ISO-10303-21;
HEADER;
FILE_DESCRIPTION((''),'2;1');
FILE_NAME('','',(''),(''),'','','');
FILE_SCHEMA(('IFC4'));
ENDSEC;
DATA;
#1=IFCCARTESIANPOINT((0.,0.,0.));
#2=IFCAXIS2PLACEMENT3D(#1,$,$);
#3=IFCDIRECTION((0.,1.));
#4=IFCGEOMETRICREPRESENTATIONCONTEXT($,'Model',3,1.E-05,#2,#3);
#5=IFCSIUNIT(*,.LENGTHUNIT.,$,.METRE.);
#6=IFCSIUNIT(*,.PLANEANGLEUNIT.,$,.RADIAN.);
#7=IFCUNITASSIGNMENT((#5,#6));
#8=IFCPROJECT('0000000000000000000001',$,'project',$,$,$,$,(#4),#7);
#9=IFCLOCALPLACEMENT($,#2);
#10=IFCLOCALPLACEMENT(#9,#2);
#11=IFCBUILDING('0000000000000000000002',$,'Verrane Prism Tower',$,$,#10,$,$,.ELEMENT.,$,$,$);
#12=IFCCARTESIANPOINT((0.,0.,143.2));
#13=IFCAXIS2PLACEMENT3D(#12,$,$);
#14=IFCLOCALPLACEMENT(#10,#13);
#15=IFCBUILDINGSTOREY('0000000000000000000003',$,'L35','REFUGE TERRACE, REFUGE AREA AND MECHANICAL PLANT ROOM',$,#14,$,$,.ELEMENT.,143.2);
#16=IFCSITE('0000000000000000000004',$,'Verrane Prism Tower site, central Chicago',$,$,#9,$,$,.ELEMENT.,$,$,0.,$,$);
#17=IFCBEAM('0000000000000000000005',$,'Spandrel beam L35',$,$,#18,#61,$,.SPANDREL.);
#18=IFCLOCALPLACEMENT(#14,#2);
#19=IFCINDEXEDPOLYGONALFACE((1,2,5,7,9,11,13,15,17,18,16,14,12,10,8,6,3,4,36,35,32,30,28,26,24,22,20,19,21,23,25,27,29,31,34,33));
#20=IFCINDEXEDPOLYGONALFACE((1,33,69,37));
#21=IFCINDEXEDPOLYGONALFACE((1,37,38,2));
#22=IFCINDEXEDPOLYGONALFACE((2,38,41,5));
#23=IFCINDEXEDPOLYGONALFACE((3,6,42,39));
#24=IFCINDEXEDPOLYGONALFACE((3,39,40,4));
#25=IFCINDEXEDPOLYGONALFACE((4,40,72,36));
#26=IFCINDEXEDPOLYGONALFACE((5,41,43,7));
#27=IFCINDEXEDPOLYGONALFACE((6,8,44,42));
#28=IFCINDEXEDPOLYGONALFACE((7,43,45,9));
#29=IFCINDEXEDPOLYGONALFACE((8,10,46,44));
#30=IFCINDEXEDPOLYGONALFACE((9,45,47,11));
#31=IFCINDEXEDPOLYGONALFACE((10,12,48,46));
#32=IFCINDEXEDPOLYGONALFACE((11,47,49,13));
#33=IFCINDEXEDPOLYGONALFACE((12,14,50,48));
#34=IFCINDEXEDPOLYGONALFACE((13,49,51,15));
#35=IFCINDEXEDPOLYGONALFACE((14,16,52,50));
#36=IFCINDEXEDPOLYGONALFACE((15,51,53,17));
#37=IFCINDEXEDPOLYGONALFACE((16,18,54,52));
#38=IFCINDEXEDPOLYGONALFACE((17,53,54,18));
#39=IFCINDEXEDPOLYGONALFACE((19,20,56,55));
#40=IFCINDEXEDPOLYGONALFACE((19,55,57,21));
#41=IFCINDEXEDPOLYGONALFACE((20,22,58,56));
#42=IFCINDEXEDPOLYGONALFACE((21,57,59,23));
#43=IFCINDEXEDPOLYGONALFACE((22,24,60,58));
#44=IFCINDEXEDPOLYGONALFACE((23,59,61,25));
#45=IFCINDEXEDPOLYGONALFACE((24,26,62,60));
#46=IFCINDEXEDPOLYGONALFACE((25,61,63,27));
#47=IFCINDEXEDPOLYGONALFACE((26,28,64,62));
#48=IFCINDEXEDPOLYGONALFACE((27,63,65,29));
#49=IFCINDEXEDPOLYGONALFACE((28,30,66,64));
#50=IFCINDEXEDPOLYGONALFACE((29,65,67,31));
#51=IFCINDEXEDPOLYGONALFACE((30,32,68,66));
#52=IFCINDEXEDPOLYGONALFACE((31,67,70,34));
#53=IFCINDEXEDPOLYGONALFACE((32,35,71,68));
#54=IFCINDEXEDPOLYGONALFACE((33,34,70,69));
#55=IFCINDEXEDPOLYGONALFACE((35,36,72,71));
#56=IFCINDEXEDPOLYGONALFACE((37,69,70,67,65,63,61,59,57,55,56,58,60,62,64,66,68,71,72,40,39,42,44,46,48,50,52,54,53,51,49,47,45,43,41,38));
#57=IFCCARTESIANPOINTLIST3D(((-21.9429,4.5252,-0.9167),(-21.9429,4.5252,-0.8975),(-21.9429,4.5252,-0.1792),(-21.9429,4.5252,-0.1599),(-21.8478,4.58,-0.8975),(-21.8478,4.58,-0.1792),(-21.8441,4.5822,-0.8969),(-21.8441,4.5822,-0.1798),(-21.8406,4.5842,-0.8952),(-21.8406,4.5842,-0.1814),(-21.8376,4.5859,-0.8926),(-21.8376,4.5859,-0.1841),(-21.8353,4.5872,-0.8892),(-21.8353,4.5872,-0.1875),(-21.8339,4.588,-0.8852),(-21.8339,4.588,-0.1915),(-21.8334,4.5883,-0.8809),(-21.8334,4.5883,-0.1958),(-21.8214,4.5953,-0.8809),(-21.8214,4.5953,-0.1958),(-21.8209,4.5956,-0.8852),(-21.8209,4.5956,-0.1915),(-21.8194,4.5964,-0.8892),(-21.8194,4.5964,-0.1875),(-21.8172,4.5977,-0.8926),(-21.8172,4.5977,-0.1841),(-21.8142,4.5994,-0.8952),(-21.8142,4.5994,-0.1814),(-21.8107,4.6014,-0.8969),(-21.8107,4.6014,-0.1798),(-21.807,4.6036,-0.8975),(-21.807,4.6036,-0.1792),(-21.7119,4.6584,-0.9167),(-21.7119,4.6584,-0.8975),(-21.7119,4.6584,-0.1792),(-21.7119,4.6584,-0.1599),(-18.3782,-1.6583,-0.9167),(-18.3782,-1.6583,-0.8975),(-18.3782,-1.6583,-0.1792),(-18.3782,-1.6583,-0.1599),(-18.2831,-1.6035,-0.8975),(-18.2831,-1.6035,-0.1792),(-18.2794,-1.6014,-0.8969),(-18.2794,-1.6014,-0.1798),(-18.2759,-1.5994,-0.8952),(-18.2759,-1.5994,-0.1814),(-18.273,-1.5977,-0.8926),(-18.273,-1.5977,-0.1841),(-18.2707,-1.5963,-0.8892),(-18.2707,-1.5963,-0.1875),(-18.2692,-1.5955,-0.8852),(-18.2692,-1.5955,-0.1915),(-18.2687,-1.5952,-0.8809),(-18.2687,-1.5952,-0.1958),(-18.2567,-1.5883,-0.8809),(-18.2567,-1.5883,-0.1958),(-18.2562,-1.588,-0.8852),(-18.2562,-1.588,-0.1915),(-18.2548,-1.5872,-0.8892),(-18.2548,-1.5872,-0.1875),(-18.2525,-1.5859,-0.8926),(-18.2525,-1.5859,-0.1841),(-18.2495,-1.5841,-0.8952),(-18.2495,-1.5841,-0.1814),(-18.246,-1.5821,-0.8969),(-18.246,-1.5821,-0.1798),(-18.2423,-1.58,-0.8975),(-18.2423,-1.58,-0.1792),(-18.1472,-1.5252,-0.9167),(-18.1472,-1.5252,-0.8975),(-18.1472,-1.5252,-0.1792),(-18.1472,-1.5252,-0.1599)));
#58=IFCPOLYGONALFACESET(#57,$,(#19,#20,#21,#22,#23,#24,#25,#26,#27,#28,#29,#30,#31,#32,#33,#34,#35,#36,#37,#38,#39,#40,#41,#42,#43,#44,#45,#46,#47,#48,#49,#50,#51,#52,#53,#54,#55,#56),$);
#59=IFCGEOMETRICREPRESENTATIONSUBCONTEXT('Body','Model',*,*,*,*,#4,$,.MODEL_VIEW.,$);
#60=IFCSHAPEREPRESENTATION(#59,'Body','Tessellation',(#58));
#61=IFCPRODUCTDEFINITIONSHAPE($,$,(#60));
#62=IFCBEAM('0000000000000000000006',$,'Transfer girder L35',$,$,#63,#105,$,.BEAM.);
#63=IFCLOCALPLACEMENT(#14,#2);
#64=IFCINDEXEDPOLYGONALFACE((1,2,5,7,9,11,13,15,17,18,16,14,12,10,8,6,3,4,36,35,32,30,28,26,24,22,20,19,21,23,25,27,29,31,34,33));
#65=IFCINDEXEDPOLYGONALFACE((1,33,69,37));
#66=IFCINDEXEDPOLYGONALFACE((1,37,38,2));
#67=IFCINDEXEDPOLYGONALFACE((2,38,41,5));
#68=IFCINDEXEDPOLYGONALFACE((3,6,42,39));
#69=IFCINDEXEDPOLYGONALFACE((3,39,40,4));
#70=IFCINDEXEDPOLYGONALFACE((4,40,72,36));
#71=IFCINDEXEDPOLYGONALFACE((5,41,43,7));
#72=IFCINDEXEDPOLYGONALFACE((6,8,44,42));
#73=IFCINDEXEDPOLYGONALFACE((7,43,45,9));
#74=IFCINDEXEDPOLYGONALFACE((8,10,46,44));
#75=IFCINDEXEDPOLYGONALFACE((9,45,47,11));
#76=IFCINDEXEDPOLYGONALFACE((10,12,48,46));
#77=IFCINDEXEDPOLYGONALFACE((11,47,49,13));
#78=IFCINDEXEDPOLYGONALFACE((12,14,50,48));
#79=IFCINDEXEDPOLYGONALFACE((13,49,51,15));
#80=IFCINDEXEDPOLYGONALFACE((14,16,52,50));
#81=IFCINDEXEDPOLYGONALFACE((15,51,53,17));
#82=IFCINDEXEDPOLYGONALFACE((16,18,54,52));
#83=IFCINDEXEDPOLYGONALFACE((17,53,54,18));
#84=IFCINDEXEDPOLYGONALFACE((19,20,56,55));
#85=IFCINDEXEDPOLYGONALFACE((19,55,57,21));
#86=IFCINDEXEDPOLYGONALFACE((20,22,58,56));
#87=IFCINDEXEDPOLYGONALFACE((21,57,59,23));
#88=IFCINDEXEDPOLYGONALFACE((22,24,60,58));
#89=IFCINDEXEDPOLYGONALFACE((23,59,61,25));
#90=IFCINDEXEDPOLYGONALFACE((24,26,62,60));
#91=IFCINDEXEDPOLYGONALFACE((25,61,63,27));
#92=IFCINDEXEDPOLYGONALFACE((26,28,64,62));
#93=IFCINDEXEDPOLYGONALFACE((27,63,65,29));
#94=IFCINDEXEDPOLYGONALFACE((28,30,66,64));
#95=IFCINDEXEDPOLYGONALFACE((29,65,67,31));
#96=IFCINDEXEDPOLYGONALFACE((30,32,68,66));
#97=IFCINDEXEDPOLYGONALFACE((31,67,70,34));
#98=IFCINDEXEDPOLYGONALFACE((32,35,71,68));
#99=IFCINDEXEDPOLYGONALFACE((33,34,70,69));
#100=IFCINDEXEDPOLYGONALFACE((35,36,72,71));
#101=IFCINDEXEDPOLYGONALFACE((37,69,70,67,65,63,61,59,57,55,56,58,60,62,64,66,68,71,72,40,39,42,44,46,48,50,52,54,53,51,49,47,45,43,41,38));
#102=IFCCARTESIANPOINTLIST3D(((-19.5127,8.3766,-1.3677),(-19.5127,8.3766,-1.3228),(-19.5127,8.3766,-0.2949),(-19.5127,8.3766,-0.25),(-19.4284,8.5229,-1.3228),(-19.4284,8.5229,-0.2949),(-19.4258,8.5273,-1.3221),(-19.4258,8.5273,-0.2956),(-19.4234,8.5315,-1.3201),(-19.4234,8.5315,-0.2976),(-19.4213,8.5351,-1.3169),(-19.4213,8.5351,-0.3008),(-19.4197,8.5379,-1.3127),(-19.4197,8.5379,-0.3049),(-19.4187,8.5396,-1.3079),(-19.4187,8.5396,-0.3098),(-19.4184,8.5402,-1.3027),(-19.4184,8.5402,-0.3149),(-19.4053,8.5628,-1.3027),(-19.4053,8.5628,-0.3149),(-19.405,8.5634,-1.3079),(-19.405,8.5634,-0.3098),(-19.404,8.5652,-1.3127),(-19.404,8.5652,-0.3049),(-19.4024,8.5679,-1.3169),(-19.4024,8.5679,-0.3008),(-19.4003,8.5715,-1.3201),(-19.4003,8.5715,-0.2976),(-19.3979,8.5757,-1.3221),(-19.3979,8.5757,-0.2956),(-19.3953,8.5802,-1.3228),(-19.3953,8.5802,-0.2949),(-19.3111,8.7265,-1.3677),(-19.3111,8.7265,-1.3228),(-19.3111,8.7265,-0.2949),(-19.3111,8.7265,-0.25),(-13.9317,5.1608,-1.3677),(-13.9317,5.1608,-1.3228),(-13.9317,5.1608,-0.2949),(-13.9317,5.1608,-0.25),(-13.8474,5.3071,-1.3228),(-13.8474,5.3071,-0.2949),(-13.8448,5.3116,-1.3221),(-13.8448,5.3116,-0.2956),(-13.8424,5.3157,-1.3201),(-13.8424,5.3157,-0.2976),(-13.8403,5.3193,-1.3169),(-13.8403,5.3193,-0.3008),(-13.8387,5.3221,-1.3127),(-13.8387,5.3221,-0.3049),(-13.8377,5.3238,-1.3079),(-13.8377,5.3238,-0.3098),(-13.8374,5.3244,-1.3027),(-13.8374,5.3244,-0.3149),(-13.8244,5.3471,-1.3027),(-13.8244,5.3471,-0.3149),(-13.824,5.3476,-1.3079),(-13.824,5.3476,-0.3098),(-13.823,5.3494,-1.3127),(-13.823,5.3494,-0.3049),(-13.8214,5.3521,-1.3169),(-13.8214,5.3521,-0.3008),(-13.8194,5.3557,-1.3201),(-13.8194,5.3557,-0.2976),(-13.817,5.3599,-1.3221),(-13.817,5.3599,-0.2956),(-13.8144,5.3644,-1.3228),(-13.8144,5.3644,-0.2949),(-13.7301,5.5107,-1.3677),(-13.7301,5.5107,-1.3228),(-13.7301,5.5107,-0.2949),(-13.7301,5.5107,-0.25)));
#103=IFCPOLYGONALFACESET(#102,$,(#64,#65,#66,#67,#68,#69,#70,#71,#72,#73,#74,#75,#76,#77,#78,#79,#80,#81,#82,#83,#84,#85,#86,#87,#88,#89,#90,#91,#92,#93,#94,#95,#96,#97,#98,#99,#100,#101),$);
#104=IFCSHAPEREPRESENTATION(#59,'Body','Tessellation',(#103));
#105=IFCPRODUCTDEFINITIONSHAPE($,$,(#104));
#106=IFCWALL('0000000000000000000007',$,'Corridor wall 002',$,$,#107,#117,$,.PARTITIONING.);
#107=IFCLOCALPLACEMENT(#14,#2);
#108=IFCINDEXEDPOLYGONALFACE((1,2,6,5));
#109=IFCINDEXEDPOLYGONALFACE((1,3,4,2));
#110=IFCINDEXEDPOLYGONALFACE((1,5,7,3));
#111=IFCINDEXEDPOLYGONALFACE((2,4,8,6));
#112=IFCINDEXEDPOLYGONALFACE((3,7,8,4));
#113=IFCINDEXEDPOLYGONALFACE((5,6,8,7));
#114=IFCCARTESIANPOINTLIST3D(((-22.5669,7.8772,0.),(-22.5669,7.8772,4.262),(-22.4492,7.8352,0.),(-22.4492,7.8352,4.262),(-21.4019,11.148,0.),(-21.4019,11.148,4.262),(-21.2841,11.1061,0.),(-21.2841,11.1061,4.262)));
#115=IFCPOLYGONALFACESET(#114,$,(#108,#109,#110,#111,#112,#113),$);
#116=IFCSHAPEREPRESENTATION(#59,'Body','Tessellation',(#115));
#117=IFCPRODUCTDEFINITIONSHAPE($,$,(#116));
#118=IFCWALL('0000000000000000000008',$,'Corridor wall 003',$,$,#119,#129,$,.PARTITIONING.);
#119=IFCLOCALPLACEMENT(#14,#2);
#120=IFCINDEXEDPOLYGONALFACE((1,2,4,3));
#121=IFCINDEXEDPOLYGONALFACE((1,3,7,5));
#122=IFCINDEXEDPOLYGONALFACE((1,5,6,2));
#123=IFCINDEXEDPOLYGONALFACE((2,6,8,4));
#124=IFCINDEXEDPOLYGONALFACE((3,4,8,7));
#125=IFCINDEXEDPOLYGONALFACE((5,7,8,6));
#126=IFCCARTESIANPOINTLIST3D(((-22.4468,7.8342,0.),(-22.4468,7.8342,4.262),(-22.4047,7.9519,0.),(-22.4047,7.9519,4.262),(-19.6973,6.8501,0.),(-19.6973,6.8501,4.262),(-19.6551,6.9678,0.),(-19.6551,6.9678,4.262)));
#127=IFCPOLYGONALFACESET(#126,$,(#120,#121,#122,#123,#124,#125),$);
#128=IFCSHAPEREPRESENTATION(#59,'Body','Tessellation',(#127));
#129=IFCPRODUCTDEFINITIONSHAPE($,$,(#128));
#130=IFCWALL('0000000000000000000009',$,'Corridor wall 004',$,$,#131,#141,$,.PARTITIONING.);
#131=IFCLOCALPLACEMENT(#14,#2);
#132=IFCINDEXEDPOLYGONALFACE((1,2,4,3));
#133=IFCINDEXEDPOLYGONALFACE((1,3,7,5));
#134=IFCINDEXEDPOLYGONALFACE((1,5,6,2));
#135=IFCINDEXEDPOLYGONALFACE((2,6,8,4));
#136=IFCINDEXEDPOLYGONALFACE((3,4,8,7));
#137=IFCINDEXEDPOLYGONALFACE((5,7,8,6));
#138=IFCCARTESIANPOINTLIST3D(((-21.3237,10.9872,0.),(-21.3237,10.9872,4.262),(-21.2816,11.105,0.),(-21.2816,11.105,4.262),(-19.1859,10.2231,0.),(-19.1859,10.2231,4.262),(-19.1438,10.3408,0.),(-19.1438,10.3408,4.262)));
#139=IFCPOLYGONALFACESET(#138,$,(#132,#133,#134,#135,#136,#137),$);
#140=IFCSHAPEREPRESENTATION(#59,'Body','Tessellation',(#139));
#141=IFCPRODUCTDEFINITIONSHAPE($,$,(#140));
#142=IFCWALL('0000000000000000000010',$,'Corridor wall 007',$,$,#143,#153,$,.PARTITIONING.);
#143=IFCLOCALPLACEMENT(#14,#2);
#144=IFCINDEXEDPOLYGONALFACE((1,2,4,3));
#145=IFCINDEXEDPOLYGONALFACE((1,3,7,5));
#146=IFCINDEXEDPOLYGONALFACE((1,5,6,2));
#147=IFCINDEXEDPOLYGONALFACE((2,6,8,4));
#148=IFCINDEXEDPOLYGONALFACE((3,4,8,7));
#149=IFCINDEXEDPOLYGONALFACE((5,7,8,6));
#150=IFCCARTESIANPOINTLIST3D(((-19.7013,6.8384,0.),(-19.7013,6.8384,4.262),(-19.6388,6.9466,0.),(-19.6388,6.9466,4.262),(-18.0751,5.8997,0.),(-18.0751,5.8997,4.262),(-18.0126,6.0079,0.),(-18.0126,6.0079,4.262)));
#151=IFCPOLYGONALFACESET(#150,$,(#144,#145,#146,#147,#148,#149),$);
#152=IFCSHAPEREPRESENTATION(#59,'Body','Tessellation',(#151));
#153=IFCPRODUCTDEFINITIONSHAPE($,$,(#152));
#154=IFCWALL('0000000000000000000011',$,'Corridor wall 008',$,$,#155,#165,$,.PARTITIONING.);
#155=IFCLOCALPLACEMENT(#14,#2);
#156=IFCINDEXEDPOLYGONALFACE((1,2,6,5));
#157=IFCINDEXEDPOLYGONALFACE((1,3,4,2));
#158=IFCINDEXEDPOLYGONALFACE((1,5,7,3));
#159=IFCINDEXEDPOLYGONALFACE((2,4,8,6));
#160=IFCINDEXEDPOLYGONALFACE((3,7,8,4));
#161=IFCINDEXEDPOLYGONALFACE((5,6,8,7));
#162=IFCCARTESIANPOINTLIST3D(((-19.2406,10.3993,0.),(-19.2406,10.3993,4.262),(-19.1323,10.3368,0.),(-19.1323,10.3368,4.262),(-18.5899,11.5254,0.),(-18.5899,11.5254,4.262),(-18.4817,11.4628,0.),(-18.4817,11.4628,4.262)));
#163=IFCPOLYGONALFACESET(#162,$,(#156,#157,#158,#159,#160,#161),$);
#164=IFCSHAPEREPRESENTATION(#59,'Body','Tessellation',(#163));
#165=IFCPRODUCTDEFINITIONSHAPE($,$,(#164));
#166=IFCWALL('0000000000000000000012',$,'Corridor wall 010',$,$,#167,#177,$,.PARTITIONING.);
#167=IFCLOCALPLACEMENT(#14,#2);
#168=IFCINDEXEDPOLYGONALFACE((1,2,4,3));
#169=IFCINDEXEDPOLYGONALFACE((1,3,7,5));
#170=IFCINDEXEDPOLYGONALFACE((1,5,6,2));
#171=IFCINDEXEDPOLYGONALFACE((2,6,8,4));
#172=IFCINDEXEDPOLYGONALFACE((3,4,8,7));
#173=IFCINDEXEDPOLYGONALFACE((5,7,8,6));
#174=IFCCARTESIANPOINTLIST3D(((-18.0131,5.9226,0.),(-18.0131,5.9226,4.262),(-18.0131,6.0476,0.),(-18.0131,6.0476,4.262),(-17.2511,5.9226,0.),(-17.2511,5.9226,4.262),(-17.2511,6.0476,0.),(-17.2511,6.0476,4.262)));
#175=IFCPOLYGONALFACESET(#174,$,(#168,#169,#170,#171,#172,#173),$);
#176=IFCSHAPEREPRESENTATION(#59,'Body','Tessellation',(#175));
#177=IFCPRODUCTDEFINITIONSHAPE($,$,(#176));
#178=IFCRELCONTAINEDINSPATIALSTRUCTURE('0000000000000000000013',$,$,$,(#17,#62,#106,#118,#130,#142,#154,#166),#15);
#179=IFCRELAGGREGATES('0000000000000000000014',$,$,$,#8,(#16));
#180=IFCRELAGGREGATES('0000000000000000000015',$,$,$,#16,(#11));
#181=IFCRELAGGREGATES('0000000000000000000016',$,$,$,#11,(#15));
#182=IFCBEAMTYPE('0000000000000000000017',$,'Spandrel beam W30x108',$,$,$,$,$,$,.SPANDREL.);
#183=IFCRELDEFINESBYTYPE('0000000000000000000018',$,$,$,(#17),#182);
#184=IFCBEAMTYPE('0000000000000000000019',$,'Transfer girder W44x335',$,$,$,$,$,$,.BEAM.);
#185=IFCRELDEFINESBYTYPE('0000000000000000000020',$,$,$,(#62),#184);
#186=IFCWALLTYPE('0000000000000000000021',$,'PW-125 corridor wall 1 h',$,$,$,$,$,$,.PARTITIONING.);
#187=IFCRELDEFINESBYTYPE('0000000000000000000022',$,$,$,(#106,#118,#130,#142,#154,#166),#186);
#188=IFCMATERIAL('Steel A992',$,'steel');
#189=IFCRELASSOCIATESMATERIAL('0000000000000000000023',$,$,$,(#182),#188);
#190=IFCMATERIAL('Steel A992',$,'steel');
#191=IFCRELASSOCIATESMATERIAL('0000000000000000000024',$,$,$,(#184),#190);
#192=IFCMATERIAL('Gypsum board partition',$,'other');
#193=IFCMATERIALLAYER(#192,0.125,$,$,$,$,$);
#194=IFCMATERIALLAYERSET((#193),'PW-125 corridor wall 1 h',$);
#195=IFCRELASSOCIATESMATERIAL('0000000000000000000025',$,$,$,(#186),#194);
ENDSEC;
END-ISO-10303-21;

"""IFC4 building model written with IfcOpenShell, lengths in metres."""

from ifc_helpers import new_model, si_unit, direction, frame, frame_2d, origin, origin_2d, place, context, subcontext, project, spatial, rectangle, i_section, extrude, material, layer, layer_set, material_profile, profile_set, type_object, element, save


model = new_model("IFC4")

# Units and contexts
model_context = context("Model", 3, precision=1e-05, world=origin(), true_north=direction((0.0, 1.0)))
body_context = subcontext(model_context, "Body", "Model", "MODEL_VIEW")
ifc_project = project(units=[si_unit("LENGTHUNIT", "METRE"), si_unit("PLANEANGLEUNIT", "RADIAN")], contexts=[model_context])

# Site, building, storey
site_placement = place(None, origin())
site = spatial("IfcSite", under=ifc_project, at=site_placement, Name="Verrane Prism Tower site, central Chicago", CompositionType="ELEMENT", RefElevation=0.0)
building_placement = place(site_placement, origin())
building = spatial("IfcBuilding", under=site, at=building_placement, Name="Verrane Prism Tower", CompositionType="ELEMENT")
storey_placement = place(building_placement, frame((0.0, 0.0, 143.2)))
storey = spatial("IfcBuildingStorey", under=building, at=storey_placement, Name="L35", Description="REFUGE TERRACE, REFUGE AREA AND MECHANICAL PLANT ROOM", CompositionType="ELEMENT", Elevation=143.2)

# Beams
ifc_material_1 = material(Name="Steel A992", Category="steel")
ifc_material_profile_1 = material_profile(ifc_material_1, i_section(OverallWidth=0.2666, OverallDepth=0.7568, WebThickness=0.0139, FlangeThickness=0.0193, FilletRadius=0.0166, at=origin_2d()), Name="W30x108")
ifc_profile_set_1 = profile_set([ifc_material_profile_1], Name="Steel A992")
beam_type_1 = type_object("IfcBeamType", Name="Spandrel beam W30x108", PredefinedType="SPANDREL", material=ifc_profile_set_1)
beam_1_placement = place(storey_placement, frame((-21.8274, 4.5918, -0.5383), z_axis=(0.499432, -0.866353, 0.0), x_axis=(0.866353, 0.499432, 0.0)))
element("IfcBeam", 1, at=beam_1_placement, inside=storey, type_object=beam_type_1, Name="Spandrel beam L35", PredefinedType="SPANDREL", context=body_context, shape_type="SweptSolid", body=[
    extrude(i_section(OverallWidth=0.2666, OverallDepth=0.7568, WebThickness=0.0139, FlangeThickness=0.0193, FilletRadius=0.0166, at=origin_2d()), origin(), (0.0, 0.0, 1.0), 7.1375),
])
ifc_material_2 = material(Name="Steel A992", Category="steel")
ifc_material_profile_2 = material_profile(ifc_material_2, i_section(OverallWidth=0.4038, OverallDepth=1.1177, WebThickness=0.0261, FlangeThickness=0.0449, FilletRadius=0.02, at=origin_2d()), Name="W44x335")
ifc_profile_set_2 = profile_set([ifc_material_profile_2], Name="Steel A992")
beam_type_2 = type_object("IfcBeamType", Name="Transfer girder W44x335", PredefinedType="BEAM", material=ifc_profile_set_2)
beam_2_placement = place(storey_placement, frame((-19.4119, 8.5515, -0.8088), z_axis=(0.866456, -0.499254, 0.0), x_axis=(0.499254, 0.866456, 0.0)))
element("IfcBeam", 2, at=beam_2_placement, inside=storey, type_object=beam_type_2, Name="Transfer girder L35", PredefinedType="BEAM", context=body_context, shape_type="SweptSolid", body=[
    extrude(i_section(OverallWidth=0.4038, OverallDepth=1.1177, WebThickness=0.0261, FlangeThickness=0.0449, FilletRadius=0.02, at=origin_2d()), origin(), (0.0, 0.0, 1.0), 6.4412),
])

# Walls
ifc_material_3 = material(Name="Gypsum board partition", Category="other")
ifc_layer_1 = layer(ifc_material_3, 0.125)
ifc_layer_set_1 = layer_set([ifc_layer_1], Name="PW-125 corridor wall 1 h")
wall_type_1 = type_object("IfcWallType", Name="PW-125 corridor wall 1 h", PredefinedType="PARTITIONING", material=ifc_layer_set_1)
wall_1_placement = place(storey_placement, frame((-22.5081, 7.8562, 0.0), z_axis=(0.0, 0.0, 1.0), x_axis=(0.335548, 0.942023, 0.0)))
element("IfcWall", 3, at=wall_1_placement, inside=storey, type_object=wall_type_1, Name="Corridor wall 002", PredefinedType="PARTITIONING", context=body_context, shape_type="SweptSolid", body=[
    extrude(rectangle(XDim=3.4722, YDim=0.125, at=frame_2d((1.7361, 0.0))), origin(), (0.0, 0.0, 1.0), 4.262),
])
wall_2_placement = place(storey_placement, frame((-22.4258, 7.8931, 0.0), z_axis=(0.0, 0.0, 1.0), x_axis=(0.941507, -0.336993, 0.0)))
element("IfcWall", 4, at=wall_2_placement, inside=storey, type_object=wall_type_1, Name="Corridor wall 003", PredefinedType="PARTITIONING", context=body_context, shape_type="SweptSolid", body=[
    extrude(rectangle(XDim=2.9204, YDim=0.125, at=frame_2d((1.4602, 0.0))), origin(), (0.0, 0.0, 1.0), 4.262),
])
wall_3_placement = place(storey_placement, frame((-21.3027, 11.0461, 0.0), z_axis=(0.0, 0.0, 1.0), x_axis=(0.941645, -0.336609, 0.0)))
element("IfcWall", 5, at=wall_3_placement, inside=storey, type_object=wall_type_1, Name="Corridor wall 004", PredefinedType="PARTITIONING", context=body_context, shape_type="SweptSolid", body=[
    extrude(rectangle(XDim=2.2703, YDim=0.125, at=frame_2d((1.1353, 0.0))), origin(), (0.0, 0.0, 1.0), 4.262),
])
wall_4_placement = place(storey_placement, frame((-19.6702, 6.8926, 0.0), z_axis=(0.0, 0.0, 1.0), x_axis=(0.866067, -0.499929, 0.0)))
element("IfcWall", 6, at=wall_4_placement, inside=storey, type_object=wall_type_1, Name="Corridor wall 007", PredefinedType="PARTITIONING", context=body_context, shape_type="SweptSolid", body=[
    extrude(rectangle(XDim=1.8777, YDim=0.125, at=frame_2d((0.939, 0.0))), origin(), (0.0, 0.0, 1.0), 4.262),
])
wall_5_placement = place(storey_placement, frame((-19.1865, 10.3679, 0.0), z_axis=(0.0, 0.0, 1.0), x_axis=(0.500318, 0.865842, 0.0)))
element("IfcWall", 7, at=wall_5_placement, inside=storey, type_object=wall_type_1, Name="Corridor wall 008", PredefinedType="PARTITIONING", context=body_context, shape_type="SweptSolid", body=[
    extrude(rectangle(XDim=1.3005, YDim=0.125, at=frame_2d((0.6504, 0.0))), origin(), (0.0, 0.0, 1.0), 4.262),
])
wall_6_placement = place(storey_placement, frame((-18.0129, 5.9851, 0.0), z_axis=(0.0, 0.0, 1.0), x_axis=(1.0, 0.0, 0.0)))
element("IfcWall", 8, at=wall_6_placement, inside=storey, type_object=wall_type_1, Name="Corridor wall 010", PredefinedType="PARTITIONING", context=body_context, shape_type="SweptSolid", body=[
    extrude(rectangle(XDim=0.762, YDim=0.125, at=frame_2d((0.3809, 0.0))), origin(), (0.0, 0.0, 1.0), 4.262),
])

save(model, "model.ifc")
